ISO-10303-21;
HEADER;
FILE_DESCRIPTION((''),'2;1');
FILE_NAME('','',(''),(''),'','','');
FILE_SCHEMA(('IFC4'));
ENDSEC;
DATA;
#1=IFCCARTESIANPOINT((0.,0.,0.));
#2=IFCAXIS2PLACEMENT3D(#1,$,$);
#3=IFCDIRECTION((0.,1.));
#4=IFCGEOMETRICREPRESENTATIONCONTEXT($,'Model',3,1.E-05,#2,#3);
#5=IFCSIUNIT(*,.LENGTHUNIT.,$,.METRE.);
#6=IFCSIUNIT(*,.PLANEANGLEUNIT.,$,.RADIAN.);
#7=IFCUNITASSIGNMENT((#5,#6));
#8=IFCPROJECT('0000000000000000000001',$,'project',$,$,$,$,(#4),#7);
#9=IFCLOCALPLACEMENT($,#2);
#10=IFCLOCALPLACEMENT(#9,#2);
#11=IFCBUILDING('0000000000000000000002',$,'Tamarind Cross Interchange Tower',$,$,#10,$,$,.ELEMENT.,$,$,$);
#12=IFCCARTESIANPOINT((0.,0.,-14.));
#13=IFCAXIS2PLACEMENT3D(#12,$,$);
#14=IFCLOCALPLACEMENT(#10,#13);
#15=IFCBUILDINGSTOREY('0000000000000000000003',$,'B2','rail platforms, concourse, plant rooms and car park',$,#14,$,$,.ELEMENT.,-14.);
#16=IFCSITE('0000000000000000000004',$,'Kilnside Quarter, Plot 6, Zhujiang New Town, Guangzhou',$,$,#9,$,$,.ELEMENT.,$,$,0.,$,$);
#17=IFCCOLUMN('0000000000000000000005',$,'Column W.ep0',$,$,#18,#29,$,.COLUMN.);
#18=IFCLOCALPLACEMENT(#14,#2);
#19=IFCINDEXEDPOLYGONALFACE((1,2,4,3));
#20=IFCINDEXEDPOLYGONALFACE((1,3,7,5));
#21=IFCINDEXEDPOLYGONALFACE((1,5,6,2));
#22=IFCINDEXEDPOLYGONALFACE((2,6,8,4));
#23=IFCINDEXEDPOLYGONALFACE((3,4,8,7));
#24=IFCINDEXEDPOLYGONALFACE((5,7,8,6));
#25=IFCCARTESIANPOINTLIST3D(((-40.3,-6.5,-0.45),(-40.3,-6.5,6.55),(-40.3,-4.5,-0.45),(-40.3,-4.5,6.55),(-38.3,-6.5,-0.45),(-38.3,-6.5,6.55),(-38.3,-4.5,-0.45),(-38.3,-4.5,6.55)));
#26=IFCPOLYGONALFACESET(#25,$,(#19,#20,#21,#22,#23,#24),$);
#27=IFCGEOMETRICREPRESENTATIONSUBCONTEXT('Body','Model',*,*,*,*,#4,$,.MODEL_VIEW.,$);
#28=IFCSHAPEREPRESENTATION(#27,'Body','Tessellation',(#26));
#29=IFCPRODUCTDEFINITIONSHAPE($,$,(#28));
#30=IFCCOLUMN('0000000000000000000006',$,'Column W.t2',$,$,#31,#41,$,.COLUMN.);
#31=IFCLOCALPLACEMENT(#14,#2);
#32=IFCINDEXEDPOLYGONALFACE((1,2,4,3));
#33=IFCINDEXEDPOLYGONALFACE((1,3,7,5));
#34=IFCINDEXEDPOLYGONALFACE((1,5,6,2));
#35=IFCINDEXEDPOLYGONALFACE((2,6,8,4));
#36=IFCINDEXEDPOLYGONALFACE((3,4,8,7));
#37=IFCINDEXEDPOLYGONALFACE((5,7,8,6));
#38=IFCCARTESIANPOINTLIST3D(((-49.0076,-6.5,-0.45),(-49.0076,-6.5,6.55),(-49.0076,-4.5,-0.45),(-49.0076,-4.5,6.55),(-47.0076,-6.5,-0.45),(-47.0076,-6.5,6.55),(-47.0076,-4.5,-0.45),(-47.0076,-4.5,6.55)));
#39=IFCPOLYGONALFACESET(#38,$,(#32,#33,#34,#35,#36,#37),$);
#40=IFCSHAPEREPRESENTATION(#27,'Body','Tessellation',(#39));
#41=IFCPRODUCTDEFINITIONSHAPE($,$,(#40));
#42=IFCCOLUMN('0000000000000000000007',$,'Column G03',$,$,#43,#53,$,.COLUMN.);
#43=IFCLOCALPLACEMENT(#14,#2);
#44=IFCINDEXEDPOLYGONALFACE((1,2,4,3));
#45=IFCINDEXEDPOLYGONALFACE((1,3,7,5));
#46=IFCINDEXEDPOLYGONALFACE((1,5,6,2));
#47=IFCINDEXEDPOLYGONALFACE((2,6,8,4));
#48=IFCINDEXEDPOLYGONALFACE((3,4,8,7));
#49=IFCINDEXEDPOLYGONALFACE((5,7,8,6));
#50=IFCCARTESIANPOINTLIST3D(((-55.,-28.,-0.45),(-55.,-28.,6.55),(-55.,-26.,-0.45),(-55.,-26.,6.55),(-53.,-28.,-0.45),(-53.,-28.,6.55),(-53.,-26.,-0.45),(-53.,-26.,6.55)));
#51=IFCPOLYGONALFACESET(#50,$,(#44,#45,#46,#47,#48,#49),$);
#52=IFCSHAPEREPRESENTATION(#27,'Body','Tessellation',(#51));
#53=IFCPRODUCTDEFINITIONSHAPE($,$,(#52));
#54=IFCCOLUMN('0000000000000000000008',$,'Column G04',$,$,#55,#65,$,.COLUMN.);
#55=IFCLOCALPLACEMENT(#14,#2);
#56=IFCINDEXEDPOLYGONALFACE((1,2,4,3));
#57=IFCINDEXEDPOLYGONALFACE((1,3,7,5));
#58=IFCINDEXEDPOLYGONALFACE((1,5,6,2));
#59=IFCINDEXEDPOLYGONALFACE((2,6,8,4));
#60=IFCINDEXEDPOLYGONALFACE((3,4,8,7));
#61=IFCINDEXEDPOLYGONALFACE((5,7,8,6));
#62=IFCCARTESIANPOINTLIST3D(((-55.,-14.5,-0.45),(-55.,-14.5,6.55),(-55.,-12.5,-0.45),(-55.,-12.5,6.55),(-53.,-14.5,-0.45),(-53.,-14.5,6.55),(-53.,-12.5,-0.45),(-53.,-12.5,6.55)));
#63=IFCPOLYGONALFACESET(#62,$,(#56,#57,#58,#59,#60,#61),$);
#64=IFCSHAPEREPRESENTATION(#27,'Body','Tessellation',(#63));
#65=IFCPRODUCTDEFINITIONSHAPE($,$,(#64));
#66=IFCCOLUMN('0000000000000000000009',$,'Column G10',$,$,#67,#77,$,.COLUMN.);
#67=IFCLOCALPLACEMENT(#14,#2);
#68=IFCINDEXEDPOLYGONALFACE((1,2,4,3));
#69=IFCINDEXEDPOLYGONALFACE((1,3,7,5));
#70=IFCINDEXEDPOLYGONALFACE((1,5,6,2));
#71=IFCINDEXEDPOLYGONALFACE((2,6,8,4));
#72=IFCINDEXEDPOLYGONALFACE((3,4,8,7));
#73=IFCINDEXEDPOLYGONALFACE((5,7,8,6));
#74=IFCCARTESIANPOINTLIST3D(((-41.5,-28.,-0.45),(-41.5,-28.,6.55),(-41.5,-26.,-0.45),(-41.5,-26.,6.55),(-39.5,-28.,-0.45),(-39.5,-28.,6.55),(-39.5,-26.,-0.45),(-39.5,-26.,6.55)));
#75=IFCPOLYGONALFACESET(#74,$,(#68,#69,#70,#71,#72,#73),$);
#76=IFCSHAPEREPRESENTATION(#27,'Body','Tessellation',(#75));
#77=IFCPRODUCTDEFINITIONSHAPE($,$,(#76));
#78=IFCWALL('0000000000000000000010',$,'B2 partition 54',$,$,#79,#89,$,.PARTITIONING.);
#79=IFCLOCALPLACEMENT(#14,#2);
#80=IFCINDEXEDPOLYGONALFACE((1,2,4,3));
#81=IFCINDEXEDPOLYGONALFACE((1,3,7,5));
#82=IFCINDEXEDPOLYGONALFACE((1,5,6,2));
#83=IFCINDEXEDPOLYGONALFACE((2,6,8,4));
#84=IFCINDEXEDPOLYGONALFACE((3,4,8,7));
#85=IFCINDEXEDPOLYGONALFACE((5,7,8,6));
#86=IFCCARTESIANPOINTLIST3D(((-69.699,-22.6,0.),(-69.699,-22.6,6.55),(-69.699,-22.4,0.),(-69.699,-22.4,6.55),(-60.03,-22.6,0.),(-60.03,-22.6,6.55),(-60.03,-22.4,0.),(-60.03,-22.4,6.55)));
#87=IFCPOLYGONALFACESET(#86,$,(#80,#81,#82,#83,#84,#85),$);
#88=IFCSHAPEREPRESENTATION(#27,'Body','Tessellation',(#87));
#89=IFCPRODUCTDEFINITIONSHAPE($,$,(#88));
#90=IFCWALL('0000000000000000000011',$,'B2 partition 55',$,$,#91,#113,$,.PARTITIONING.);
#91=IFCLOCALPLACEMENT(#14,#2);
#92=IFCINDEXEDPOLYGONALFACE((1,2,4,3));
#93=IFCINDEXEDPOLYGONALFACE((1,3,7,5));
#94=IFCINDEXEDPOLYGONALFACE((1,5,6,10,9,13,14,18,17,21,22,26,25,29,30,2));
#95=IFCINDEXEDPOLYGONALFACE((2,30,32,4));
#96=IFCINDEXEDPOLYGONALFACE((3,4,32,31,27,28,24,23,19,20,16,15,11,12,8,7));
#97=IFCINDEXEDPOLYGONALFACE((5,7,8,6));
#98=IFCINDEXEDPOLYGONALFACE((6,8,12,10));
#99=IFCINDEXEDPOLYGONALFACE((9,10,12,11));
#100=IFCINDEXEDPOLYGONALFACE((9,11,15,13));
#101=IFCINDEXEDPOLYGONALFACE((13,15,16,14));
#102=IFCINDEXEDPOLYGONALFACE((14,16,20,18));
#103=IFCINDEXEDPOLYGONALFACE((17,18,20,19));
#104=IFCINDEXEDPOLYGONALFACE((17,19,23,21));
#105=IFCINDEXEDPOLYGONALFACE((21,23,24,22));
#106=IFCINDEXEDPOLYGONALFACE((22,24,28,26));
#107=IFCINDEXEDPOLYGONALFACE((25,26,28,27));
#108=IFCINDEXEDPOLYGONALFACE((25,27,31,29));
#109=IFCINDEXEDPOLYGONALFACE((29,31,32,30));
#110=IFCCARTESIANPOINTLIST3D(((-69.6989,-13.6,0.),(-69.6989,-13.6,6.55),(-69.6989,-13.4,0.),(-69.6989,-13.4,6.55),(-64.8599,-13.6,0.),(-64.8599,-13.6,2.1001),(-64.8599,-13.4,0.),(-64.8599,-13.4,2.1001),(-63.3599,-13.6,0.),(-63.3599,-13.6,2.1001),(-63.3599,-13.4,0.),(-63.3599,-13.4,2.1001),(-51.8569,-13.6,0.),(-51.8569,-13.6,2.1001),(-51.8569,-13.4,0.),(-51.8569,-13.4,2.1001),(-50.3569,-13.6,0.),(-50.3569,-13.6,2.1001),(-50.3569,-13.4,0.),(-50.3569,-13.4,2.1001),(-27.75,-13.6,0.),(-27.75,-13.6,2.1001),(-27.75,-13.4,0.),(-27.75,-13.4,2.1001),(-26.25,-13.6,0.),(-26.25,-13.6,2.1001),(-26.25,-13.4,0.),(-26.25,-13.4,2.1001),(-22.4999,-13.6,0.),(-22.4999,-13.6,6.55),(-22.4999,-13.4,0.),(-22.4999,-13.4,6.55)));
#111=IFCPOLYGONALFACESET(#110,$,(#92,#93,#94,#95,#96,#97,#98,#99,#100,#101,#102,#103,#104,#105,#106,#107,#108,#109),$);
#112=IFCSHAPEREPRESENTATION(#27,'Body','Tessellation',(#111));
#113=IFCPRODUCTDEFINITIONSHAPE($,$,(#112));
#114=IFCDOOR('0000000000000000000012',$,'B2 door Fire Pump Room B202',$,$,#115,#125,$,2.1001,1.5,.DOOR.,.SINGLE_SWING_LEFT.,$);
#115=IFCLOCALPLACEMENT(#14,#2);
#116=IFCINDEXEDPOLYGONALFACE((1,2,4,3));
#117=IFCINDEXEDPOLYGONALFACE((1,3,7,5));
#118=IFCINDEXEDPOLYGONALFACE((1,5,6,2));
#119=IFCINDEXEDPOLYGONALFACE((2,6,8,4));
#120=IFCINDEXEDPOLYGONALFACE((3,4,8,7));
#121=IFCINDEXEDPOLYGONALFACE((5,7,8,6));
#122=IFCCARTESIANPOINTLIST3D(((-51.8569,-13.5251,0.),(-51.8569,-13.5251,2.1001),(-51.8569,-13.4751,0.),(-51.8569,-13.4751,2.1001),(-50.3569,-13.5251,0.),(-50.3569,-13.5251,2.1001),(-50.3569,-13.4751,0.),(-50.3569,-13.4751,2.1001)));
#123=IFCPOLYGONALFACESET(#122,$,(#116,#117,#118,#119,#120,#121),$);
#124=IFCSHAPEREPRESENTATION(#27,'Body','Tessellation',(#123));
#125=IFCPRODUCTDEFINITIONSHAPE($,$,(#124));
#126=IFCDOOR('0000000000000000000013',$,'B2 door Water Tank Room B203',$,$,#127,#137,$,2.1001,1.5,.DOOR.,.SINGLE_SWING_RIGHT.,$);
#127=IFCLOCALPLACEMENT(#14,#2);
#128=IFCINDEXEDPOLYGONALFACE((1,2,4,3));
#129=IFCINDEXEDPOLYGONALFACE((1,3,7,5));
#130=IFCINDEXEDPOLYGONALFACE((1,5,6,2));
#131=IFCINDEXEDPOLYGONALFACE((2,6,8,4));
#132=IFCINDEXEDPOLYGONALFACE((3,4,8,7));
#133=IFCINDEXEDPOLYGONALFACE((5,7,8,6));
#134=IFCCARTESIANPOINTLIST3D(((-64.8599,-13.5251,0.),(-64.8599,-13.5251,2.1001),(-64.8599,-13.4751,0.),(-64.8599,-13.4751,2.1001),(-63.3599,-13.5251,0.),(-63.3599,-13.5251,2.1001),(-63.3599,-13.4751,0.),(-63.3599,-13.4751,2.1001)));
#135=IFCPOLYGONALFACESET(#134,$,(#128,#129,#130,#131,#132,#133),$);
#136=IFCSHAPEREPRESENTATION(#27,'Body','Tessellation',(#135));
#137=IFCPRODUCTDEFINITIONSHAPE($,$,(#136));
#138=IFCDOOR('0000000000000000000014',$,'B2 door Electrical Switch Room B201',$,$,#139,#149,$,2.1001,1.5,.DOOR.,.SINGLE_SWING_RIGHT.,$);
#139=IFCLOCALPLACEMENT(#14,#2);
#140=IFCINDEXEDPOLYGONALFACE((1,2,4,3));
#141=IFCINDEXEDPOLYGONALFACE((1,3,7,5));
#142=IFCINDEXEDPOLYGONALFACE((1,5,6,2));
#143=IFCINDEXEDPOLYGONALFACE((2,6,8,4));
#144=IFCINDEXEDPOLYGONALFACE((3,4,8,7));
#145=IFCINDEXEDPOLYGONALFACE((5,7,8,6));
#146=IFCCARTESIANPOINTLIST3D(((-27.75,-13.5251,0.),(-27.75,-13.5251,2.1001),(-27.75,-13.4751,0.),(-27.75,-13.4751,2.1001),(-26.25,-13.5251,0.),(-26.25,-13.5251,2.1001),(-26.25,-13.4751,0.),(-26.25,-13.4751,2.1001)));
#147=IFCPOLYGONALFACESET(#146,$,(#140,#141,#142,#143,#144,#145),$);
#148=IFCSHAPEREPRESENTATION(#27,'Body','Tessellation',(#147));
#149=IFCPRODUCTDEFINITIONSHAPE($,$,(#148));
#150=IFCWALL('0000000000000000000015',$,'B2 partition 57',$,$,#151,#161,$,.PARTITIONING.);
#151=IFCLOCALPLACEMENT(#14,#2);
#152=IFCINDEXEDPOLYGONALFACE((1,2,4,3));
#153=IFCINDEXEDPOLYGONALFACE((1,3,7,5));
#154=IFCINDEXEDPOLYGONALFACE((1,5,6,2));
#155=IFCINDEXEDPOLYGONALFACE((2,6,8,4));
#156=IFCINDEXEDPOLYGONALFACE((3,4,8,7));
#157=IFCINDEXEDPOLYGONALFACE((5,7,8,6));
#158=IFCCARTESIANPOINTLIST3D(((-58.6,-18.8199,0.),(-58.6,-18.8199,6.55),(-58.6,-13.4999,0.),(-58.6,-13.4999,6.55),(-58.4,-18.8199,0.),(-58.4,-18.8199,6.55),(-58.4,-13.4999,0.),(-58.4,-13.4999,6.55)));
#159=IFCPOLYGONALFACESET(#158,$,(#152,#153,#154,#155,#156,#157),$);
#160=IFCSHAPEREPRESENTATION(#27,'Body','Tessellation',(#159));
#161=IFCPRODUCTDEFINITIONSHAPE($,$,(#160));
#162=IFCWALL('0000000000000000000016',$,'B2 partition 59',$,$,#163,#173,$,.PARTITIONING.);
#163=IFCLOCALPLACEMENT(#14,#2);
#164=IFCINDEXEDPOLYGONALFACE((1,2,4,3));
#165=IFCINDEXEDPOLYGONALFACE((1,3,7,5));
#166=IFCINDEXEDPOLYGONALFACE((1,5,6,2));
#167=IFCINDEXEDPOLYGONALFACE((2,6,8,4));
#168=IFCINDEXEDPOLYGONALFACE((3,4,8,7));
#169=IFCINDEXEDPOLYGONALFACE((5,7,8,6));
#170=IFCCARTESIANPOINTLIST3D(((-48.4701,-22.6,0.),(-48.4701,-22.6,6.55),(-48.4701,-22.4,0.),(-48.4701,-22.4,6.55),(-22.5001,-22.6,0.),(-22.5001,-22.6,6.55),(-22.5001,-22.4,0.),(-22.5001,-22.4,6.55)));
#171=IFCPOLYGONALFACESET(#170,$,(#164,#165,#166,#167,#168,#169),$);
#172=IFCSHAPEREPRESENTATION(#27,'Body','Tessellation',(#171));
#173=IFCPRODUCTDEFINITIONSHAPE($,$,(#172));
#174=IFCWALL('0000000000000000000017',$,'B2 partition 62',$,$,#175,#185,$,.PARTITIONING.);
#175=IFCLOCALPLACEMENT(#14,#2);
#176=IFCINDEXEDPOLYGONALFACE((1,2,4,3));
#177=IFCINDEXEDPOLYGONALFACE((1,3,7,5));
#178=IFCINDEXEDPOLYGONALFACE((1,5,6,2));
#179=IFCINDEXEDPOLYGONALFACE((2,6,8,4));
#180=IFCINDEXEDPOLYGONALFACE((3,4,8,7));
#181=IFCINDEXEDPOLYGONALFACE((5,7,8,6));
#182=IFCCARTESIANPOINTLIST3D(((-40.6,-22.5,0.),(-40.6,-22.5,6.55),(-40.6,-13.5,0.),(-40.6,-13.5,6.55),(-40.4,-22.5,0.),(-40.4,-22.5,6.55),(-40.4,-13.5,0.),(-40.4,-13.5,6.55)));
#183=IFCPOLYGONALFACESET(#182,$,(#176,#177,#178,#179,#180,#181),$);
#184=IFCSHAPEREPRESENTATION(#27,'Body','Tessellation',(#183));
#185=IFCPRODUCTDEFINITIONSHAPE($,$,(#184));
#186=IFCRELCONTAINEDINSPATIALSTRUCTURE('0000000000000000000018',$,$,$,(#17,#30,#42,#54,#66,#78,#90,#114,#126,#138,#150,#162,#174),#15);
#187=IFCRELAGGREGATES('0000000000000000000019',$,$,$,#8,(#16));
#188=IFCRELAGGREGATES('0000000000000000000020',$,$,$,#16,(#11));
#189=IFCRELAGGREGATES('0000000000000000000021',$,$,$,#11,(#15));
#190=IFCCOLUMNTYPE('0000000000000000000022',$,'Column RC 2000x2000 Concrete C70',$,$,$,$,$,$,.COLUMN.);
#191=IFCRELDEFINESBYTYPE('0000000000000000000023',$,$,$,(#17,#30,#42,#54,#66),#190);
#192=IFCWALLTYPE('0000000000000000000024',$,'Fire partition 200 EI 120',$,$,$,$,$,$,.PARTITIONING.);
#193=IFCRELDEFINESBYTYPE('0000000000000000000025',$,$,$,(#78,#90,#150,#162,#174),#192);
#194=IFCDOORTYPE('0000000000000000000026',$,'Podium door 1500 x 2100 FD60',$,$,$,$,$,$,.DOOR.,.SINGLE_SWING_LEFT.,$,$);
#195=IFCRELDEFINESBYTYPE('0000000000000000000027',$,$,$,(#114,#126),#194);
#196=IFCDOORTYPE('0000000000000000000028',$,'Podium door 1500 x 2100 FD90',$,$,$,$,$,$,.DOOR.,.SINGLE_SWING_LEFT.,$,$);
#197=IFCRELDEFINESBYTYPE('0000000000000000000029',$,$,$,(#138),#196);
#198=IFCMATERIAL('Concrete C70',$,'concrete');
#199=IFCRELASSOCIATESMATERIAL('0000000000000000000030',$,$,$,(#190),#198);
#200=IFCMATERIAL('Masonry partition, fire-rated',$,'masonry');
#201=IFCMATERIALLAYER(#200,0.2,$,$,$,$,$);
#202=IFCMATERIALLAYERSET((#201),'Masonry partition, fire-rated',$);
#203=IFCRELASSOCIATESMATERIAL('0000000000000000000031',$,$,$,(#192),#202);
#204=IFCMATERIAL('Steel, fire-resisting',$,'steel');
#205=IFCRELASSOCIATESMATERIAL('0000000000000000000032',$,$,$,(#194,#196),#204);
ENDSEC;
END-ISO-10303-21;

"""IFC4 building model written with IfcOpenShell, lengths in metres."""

from ifc_helpers import new_model, si_unit, direction, frame, frame_2d, origin, origin_2d, place, context, subcontext, project, spatial, rectangle, extrude, material, layer, layer_set, material_profile, profile_set, type_object, element, fill, save


model = new_model("IFC4")

# Units and contexts
model_context = context("Model", 3, precision=1e-05, world=origin(), true_north=direction((0.0, 1.0)))
body_context = subcontext(model_context, "Body", "Model", "MODEL_VIEW")
ifc_project = project(units=[si_unit("LENGTHUNIT", "METRE"), si_unit("PLANEANGLEUNIT", "RADIAN")], contexts=[model_context])

# Site, building, storey
site_placement = place(None, origin())
site = spatial("IfcSite", under=ifc_project, at=site_placement, Name="Kilnside Quarter, Plot 6, Zhujiang New Town, Guangzhou", CompositionType="ELEMENT", RefElevation=0.0)
building_placement = place(site_placement, origin())
building = spatial("IfcBuilding", under=site, at=building_placement, Name="Tamarind Cross Interchange Tower", CompositionType="ELEMENT")
storey_placement = place(building_placement, frame((0.0, 0.0, -14.0)))
storey = spatial("IfcBuildingStorey", under=building, at=storey_placement, Name="B2", Description="rail platforms, concourse, plant rooms and car park", CompositionType="ELEMENT", Elevation=-14.0)

# Columns
ifc_material_1 = material(Name="Concrete C70", Category="concrete")
ifc_material_profile = material_profile(ifc_material_1, rectangle(XDim=2.0, YDim=2.0, at=origin_2d()), Name="RC 2000x2000")
ifc_profile_set = profile_set([ifc_material_profile], Name="Concrete C70")
column_type = type_object("IfcColumnType", Name="Column RC 2000x2000 Concrete C70", PredefinedType="COLUMN", material=ifc_profile_set)
for number, where, z_axis, x_axis, name in (
    (1, (-39.3, -5.5, -0.45), (0.0, 0.0, 1.0), (1.0, 0.0, 0.0), "Column W.ep0"),
    (2, (-48.0076, -5.5, -0.45), (0.0, 0.0, 1.0), (1.0, 0.0, 0.0), "Column W.t2"),
    (3, (-54.0, -27.0, -0.45), (0.0, 0.0, 1.0), (1.0, 0.0, 0.0), "Column G03"),
    (4, (-54.0, -13.5, -0.45), (0.0, 0.0, 1.0), (1.0, 0.0, 0.0), "Column G04"),
    (5, (-40.5, -27.0, -0.45), (0.0, 0.0, 1.0), (1.0, 0.0, 0.0), "Column G10"),
):
    element("IfcColumn", number, at=place(storey_placement, frame(where, z_axis=z_axis, x_axis=x_axis)), inside=storey, type_object=column_type, Name=name, PredefinedType="COLUMN", context=body_context, shape_type="SweptSolid", body=[
        extrude(rectangle(XDim=2.0, YDim=2.0, at=origin_2d()), origin(), (0.0, 0.0, 1.0), 7.0),
    ])

# Wall
ifc_material_2 = material(Name="Masonry partition, fire-rated", Category="masonry")
ifc_layer_1 = layer(ifc_material_2, 0.2)
ifc_layer_set_1 = layer_set([ifc_layer_1], Name="Masonry partition, fire-rated")
wall_type_1 = type_object("IfcWallType", Name="Fire partition 200 EI 120", PredefinedType="PARTITIONING", material=ifc_layer_set_1)
wall_1_placement = place(storey_placement, frame((-69.699, -22.5, 0.0), z_axis=(0.0, 0.0, 1.0), x_axis=(1.0, 0.0, 0.0)))
element("IfcWall", 6, at=wall_1_placement, inside=storey, type_object=wall_type_1, Name="B2 partition 54", PredefinedType="PARTITIONING", context=body_context, shape_type="SweptSolid", body=[
    extrude(rectangle(XDim=9.6689, YDim=0.2, at=frame_2d((4.8345, 0.0))), origin(), (0.0, 0.0, 1.0), 6.55),
])

# Wall, openings, doors
wall_2_placement = place(storey_placement, frame((-69.699, -13.5, 0.0), z_axis=(0.0, 0.0, 1.0), x_axis=(1.0, 0.0, 0.0)))
wall_2 = element("IfcWall", 7, at=wall_2_placement, inside=storey, type_object=wall_type_1, Name="B2 partition 55", PredefinedType="PARTITIONING", context=body_context, shape_type="SweptSolid", body=[
    extrude(rectangle(XDim=47.199, YDim=0.2, at=frame_2d((23.5996, 0.0))), origin(), (0.0, 0.0, 1.0), 6.55),
])
opening_1_placement = place(wall_2_placement, frame((41.949, 0.0, 0.0)))
opening_1 = element("IfcOpeningElement", 8, at=opening_1_placement, cuts=wall_2, PredefinedType="OPENING", context=body_context, shape_type="SweptSolid", body=[
    extrude(rectangle(XDim=1.5, YDim=2.1001, at=frame_2d((0.75, 1.05))), frame((0.0, 0.1099, 0.0), z_axis=(0.0, -1.0, 0.0), x_axis=(1.0, 0.0, 0.0)), (0.0, 0.0, 1.0), 0.22),
])
opening_2_placement = place(wall_2_placement, frame((17.842, 0.0, 0.0)))
opening_2 = element("IfcOpeningElement", 9, at=opening_2_placement, cuts=wall_2, PredefinedType="OPENING", context=body_context, shape_type="SweptSolid", body=[
    extrude(rectangle(XDim=1.5, YDim=2.1001, at=frame_2d((0.75, 1.05))), frame((0.0, 0.1099, 0.0), z_axis=(0.0, -1.0, 0.0), x_axis=(1.0, 0.0, 0.0)), (0.0, 0.0, 1.0), 0.22),
])
opening_3_placement = place(wall_2_placement, frame((4.8391, 0.0, 0.0)))
opening_3 = element("IfcOpeningElement", 10, at=opening_3_placement, cuts=wall_2, PredefinedType="OPENING", context=body_context, shape_type="SweptSolid", body=[
    extrude(rectangle(XDim=1.5, YDim=2.1001, at=frame_2d((0.75, 1.05))), frame((0.0, 0.1099, 0.0), z_axis=(0.0, -1.0, 0.0), x_axis=(1.0, 0.0, 0.0)), (0.0, 0.0, 1.0), 0.22),
])
ifc_material_3 = material(Name="Steel, fire-resisting", Category="steel")
door_type_1 = type_object("IfcDoorType", Name="Podium door 1500 x 2100 FD60", OperationType="SINGLE_SWING_LEFT", PredefinedType="DOOR", material=ifc_material_3)
door_1_placement = place(opening_2_placement, origin())
door_1 = element("IfcDoor", 11, at=door_1_placement, inside=storey, type_object=door_type_1, Name="B2 door Fire Pump Room B202", OperationType="SINGLE_SWING_LEFT", OverallHeight=2.1001, OverallWidth=1.5, PredefinedType="DOOR", context=body_context, shape_type="SweptSolid", body=[
    extrude(rectangle(XDim=1.5, YDim=2.1001, at=frame_2d((0.75, 1.05))), frame((0.0, 0.0249, 0.0), z_axis=(0.0, -1.0, 0.0), x_axis=(1.0, 0.0, 0.0)), (0.0, 0.0, 1.0), 0.05),
])
fill(opening_2, door_1)
door_2_placement = place(opening_3_placement, origin())
door_2 = element("IfcDoor", 12, at=door_2_placement, inside=storey, type_object=door_type_1, Name="B2 door Water Tank Room B203", OperationType="SINGLE_SWING_RIGHT", OverallHeight=2.1001, OverallWidth=1.5, PredefinedType="DOOR", context=body_context, shape_type="SweptSolid", body=[
    extrude(rectangle(XDim=1.5, YDim=2.1001, at=frame_2d((0.75, 1.05))), frame((0.0, 0.0249, 0.0), z_axis=(0.0, -1.0, 0.0), x_axis=(1.0, 0.0, 0.0)), (0.0, 0.0, 1.0), 0.05),
])
fill(opening_3, door_2)
door_type_2 = type_object("IfcDoorType", Name="Podium door 1500 x 2100 FD90", OperationType="SINGLE_SWING_LEFT", PredefinedType="DOOR", material=ifc_material_3)
door_3_placement = place(opening_1_placement, origin())
door_3 = element("IfcDoor", 13, at=door_3_placement, inside=storey, type_object=door_type_2, Name="B2 door Electrical Switch Room B201", OperationType="SINGLE_SWING_RIGHT", OverallHeight=2.1001, OverallWidth=1.5, PredefinedType="DOOR", context=body_context, shape_type="SweptSolid", body=[
    extrude(rectangle(XDim=1.5, YDim=2.1001, at=frame_2d((0.75, 1.05))), frame((0.0, 0.0249, 0.0), z_axis=(0.0, -1.0, 0.0), x_axis=(1.0, 0.0, 0.0)), (0.0, 0.0, 1.0), 0.05),
])
fill(opening_1, door_3)

# Walls
wall_3_placement = place(storey_placement, frame((-58.5, -18.8201, 0.0), z_axis=(0.0, 0.0, 1.0), x_axis=(0.0, 1.0, 0.0)))
element("IfcWall", 14, at=wall_3_placement, inside=storey, type_object=wall_type_1, Name="B2 partition 57", PredefinedType="PARTITIONING", context=body_context, shape_type="SweptSolid", body=[
    extrude(rectangle(XDim=5.3201, YDim=0.2, at=frame_2d((2.6602, 0.0))), origin(), (0.0, 0.0, 1.0), 6.55),
])
wall_4_placement = place(storey_placement, frame((-48.47, -22.5, 0.0), z_axis=(0.0, 0.0, 1.0), x_axis=(1.0, 0.0, 0.0)))
element("IfcWall", 15, at=wall_4_placement, inside=storey, type_object=wall_type_1, Name="B2 partition 59", PredefinedType="PARTITIONING", context=body_context, shape_type="SweptSolid", body=[
    extrude(rectangle(XDim=25.97, YDim=0.2, at=frame_2d((12.9849, 0.0))), origin(), (0.0, 0.0, 1.0), 6.55),
])
wall_5_placement = place(storey_placement, frame((-40.5, -22.5, 0.0), z_axis=(0.0, 0.0, 1.0), x_axis=(0.0, 1.0, 0.0)))
element("IfcWall", 16, at=wall_5_placement, inside=storey, type_object=wall_type_1, Name="B2 partition 62", PredefinedType="PARTITIONING", context=body_context, shape_type="SweptSolid", body=[
    extrude(rectangle(XDim=9.0, YDim=0.2, at=frame_2d((4.5, 0.0))), origin(), (0.0, 0.0, 1.0), 6.55),
])

save(model, "model.ifc")
